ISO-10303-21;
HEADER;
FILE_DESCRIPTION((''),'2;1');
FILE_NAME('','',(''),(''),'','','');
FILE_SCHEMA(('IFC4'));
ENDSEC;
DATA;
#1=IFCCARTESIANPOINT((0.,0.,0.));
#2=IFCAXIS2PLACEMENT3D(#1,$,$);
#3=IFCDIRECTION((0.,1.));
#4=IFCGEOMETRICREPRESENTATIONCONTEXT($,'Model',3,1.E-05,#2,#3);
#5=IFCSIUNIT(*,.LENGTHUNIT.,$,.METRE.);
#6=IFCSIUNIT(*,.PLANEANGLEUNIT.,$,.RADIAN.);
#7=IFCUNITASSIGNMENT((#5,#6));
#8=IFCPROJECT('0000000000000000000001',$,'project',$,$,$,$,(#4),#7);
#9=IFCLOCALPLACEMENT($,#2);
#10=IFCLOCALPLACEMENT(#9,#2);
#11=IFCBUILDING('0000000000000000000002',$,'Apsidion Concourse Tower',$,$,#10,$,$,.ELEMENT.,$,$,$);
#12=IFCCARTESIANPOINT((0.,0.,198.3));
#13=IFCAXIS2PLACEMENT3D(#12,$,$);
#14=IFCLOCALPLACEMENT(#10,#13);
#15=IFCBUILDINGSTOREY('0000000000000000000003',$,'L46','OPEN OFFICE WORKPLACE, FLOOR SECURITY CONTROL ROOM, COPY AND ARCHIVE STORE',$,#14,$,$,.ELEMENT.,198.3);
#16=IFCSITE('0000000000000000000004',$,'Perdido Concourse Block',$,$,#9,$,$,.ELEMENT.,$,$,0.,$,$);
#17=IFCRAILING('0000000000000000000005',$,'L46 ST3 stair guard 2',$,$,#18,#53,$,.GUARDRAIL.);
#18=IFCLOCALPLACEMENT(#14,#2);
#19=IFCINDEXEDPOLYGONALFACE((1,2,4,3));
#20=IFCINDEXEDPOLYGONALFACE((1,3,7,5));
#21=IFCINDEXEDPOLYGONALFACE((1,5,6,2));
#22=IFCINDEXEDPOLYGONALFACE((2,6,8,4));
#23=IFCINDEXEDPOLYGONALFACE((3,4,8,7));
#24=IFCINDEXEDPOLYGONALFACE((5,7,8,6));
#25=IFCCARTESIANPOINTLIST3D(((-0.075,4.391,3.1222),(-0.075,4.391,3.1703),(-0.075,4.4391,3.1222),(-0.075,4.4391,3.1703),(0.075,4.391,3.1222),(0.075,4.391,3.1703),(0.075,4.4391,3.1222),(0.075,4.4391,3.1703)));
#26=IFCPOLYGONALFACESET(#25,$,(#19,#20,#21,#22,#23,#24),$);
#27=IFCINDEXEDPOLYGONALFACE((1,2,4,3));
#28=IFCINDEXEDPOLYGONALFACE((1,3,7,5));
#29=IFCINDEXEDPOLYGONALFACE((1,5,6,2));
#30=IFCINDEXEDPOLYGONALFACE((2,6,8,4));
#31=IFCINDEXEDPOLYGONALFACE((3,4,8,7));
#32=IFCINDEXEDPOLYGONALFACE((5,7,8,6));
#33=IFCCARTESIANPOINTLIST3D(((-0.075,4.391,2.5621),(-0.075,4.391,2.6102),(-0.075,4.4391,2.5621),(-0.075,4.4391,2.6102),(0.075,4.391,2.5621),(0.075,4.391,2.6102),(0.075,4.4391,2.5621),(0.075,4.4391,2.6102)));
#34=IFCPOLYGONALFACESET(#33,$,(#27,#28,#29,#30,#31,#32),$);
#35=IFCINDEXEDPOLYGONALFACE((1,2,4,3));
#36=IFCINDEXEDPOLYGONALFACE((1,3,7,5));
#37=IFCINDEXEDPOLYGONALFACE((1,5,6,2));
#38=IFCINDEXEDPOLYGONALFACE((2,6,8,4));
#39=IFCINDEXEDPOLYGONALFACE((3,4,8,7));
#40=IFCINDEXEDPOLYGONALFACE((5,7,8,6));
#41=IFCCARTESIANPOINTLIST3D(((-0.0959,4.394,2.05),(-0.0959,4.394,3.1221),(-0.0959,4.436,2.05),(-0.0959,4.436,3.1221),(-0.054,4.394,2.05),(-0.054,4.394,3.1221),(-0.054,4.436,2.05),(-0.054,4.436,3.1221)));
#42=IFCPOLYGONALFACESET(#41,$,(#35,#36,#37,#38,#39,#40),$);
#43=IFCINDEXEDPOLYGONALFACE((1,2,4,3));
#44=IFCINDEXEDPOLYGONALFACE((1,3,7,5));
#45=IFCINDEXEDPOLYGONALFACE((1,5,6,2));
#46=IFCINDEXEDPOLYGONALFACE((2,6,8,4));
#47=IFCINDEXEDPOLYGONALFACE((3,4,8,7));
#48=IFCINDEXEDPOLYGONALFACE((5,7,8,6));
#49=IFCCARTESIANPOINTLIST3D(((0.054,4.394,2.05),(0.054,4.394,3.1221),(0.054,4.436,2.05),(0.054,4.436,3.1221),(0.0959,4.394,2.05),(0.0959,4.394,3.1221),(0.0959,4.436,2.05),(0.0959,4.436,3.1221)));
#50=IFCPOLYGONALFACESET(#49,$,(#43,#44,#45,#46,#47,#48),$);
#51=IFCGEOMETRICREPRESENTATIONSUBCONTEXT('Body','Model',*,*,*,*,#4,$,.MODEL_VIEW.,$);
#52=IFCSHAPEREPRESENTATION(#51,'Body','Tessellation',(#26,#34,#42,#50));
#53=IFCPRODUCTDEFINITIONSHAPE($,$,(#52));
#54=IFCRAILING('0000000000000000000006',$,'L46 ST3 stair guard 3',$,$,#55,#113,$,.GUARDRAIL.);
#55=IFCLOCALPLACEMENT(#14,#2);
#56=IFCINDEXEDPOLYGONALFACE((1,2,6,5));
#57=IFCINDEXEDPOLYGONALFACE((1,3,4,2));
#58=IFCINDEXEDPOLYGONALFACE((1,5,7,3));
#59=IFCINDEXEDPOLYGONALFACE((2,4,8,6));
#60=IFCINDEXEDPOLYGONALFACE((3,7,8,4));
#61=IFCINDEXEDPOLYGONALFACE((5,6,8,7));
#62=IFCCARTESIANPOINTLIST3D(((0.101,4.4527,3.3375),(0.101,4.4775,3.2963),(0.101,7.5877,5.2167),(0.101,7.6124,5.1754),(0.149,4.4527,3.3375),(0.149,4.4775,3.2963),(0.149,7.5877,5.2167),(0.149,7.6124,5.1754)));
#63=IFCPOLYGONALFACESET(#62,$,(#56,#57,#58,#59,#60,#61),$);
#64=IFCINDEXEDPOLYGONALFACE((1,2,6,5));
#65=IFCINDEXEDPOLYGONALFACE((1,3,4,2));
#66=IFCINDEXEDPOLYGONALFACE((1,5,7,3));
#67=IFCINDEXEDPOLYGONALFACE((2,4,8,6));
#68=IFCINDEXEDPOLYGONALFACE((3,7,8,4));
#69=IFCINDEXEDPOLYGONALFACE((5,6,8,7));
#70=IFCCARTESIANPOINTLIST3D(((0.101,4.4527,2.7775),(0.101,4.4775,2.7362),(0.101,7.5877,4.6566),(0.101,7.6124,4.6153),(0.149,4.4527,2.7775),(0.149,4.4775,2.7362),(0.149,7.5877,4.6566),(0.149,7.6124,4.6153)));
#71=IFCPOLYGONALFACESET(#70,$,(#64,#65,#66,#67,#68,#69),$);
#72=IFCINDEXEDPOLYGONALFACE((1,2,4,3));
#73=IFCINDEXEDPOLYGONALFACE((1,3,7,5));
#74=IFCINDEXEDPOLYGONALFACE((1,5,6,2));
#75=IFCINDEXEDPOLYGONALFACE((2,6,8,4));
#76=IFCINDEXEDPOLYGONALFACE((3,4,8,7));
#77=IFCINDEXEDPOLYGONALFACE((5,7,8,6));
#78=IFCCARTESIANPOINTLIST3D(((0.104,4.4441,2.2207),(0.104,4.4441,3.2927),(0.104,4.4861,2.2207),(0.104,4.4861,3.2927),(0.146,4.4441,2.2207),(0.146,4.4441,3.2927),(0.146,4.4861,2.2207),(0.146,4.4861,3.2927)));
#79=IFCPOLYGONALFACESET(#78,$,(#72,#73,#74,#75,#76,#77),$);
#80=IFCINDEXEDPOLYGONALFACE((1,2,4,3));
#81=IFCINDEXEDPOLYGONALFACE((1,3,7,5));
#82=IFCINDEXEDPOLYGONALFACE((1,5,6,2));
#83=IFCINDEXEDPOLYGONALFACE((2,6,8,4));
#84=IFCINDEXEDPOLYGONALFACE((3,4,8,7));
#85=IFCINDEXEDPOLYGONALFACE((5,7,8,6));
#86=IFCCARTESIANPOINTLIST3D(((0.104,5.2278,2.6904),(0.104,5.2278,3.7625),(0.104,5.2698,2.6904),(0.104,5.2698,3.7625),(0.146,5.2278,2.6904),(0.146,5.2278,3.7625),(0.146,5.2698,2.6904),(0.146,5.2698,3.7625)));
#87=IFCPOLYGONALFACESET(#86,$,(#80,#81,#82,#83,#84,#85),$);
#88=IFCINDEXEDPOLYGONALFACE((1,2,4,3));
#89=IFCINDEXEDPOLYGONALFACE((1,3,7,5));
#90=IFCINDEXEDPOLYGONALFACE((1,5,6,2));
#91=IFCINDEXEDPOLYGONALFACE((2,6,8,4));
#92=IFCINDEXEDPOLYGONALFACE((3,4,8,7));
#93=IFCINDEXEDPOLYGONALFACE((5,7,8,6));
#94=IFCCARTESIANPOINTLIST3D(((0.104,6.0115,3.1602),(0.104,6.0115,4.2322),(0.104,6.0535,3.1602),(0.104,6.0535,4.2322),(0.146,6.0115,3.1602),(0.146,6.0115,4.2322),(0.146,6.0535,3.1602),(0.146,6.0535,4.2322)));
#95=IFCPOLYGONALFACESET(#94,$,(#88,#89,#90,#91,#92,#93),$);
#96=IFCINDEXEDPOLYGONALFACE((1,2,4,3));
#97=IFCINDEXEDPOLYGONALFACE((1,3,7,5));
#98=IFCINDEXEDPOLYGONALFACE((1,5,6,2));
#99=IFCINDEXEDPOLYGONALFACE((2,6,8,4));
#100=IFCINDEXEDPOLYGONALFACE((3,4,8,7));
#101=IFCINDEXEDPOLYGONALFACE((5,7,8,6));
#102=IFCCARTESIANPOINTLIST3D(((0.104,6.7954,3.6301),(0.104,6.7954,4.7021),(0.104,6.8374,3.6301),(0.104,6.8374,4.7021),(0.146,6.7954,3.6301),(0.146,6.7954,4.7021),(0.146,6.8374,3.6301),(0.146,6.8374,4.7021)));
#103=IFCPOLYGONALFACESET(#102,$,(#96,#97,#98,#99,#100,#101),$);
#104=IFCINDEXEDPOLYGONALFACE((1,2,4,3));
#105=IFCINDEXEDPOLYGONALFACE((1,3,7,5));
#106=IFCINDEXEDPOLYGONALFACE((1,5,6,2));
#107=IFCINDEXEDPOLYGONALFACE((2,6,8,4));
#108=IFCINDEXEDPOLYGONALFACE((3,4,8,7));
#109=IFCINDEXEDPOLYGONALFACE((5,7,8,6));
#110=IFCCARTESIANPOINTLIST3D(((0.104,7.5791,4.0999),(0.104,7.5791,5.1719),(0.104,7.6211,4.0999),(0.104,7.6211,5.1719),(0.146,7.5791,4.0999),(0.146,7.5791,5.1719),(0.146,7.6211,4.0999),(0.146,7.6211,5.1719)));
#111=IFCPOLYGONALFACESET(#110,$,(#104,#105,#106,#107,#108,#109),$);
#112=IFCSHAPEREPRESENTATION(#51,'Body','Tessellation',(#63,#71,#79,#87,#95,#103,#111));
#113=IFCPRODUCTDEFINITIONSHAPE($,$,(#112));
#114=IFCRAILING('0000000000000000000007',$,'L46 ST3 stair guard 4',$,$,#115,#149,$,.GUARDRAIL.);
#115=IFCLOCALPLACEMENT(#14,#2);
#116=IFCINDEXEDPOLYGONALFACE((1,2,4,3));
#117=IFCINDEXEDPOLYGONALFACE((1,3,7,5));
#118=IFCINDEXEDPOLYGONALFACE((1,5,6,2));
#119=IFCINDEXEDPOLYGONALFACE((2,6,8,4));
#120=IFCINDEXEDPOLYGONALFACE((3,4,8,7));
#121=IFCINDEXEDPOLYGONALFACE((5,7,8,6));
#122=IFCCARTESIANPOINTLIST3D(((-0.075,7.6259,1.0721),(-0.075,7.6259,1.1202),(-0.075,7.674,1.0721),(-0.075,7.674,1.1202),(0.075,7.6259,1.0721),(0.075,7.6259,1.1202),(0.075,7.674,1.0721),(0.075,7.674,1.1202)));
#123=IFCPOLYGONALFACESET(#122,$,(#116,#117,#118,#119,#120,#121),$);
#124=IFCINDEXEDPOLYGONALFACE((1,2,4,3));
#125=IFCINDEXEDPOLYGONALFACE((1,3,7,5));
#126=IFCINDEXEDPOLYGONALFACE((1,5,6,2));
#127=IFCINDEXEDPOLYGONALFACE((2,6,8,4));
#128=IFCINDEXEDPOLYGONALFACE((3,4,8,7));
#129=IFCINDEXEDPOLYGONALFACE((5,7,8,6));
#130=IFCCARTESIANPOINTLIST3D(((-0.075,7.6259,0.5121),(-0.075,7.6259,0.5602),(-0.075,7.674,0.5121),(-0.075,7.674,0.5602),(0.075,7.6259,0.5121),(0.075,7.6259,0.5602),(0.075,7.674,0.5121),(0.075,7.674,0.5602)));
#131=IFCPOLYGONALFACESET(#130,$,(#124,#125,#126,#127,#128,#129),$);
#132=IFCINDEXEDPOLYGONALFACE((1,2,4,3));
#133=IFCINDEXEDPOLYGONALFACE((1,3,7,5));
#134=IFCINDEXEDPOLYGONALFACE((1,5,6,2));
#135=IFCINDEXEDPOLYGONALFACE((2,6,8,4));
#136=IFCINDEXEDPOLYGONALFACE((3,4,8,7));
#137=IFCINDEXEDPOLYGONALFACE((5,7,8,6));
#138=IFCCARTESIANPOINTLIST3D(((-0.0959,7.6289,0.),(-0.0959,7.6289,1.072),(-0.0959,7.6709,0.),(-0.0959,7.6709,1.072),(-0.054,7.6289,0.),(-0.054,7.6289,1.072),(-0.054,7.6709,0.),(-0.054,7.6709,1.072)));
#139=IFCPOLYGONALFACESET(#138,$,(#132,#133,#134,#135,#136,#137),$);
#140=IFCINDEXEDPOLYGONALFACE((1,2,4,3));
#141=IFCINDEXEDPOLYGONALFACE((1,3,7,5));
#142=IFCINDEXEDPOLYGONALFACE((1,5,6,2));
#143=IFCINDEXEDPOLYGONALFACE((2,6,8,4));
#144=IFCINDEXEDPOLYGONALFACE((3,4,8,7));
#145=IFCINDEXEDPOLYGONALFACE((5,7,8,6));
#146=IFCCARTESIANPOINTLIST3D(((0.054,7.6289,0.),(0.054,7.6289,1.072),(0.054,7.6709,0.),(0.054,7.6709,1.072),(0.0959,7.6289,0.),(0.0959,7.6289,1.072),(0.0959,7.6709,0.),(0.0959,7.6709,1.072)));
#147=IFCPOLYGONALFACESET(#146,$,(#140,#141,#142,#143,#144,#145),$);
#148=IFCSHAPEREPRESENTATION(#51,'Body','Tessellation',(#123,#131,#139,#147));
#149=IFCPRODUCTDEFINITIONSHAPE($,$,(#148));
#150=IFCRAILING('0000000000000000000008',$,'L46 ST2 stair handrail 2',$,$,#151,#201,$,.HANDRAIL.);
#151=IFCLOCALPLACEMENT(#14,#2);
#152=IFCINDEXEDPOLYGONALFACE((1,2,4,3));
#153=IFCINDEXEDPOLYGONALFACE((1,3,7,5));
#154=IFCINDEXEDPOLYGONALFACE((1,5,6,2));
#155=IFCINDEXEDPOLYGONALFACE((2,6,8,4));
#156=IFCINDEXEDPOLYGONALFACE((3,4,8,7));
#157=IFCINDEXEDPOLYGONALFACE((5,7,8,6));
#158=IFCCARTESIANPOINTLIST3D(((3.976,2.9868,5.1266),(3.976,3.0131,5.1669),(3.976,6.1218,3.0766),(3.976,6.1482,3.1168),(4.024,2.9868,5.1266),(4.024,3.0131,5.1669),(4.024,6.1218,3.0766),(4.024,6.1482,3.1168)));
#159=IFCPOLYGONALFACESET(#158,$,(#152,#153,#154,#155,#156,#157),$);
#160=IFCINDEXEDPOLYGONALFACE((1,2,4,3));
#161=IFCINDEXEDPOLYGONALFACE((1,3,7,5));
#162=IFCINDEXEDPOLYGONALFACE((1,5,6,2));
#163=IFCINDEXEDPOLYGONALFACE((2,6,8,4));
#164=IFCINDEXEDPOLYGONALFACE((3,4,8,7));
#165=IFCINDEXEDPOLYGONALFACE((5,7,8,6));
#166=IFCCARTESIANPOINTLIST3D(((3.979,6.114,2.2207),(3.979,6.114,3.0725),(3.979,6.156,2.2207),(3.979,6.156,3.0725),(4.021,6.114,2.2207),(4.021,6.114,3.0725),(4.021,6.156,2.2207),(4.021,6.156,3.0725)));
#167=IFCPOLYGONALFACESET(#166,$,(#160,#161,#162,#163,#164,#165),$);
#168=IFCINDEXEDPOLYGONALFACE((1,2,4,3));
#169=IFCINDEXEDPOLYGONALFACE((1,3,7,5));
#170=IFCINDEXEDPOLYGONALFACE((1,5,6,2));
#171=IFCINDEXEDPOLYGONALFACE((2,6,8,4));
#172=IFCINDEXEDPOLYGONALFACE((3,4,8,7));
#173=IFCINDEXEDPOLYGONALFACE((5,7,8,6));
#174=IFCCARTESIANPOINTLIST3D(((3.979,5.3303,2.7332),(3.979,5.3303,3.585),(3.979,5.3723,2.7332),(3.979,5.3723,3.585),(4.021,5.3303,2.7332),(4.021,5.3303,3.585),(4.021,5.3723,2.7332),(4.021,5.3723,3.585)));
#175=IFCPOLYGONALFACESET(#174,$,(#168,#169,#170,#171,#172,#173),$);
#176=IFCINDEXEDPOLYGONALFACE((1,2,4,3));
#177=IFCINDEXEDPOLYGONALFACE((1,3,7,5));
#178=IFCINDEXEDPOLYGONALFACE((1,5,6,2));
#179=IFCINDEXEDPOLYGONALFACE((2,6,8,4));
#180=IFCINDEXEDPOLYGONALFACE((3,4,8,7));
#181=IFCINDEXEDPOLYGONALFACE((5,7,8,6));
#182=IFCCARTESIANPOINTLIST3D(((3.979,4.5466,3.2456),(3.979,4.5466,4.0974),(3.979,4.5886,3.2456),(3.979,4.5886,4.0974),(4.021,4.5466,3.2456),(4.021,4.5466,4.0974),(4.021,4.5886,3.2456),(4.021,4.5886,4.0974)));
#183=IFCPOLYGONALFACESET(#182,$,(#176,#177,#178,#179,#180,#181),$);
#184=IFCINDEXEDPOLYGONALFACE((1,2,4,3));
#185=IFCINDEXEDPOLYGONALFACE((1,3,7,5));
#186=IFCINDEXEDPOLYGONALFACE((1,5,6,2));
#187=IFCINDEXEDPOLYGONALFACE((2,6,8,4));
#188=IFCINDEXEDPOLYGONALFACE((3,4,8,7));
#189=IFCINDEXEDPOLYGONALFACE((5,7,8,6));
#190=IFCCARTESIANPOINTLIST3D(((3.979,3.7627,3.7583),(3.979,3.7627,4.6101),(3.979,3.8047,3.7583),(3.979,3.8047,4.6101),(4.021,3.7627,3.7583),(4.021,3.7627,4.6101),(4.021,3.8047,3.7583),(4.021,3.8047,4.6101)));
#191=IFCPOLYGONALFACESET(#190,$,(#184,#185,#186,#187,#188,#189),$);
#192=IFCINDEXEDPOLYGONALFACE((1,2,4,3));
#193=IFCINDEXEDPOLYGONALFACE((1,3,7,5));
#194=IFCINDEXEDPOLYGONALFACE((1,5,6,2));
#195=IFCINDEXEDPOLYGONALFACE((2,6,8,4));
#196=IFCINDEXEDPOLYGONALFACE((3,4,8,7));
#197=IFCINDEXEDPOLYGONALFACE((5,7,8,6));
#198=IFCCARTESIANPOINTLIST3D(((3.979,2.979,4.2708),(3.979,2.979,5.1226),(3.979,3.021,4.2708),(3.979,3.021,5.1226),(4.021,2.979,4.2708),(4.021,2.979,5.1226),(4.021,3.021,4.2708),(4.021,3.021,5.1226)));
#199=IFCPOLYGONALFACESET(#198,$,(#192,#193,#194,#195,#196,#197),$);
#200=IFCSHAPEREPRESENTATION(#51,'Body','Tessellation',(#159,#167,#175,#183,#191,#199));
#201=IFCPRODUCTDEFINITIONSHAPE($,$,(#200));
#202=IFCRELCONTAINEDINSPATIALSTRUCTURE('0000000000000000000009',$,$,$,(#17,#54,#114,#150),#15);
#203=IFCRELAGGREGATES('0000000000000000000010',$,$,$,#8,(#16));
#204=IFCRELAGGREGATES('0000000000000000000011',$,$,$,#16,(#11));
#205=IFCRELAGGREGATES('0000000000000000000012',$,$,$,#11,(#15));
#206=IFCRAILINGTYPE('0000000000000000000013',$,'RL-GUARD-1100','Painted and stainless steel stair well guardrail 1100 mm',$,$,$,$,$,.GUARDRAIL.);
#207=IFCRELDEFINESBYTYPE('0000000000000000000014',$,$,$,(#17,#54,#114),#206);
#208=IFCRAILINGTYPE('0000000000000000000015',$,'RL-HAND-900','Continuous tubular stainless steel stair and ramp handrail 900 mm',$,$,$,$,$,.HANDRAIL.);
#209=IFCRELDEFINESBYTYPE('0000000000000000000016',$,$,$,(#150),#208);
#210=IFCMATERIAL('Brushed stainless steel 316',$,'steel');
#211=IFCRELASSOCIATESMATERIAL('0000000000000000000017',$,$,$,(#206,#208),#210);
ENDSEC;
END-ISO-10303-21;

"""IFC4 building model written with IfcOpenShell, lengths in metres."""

from ifc_helpers import new_model, si_unit, direction, frame, origin, origin_2d, place, context, subcontext, project, spatial, rectangle, extrude, material, type_object, element, save


model = new_model("IFC4")

# Units and contexts
model_context = context("Model", 3, precision=1e-05, world=origin(), true_north=direction((0.0, 1.0)))
body_context = subcontext(model_context, "Body", "Model", "MODEL_VIEW")
ifc_project = project(units=[si_unit("LENGTHUNIT", "METRE"), si_unit("PLANEANGLEUNIT", "RADIAN")], contexts=[model_context])

# Site, building, storey
site_placement = place(None, origin())
site = spatial("IfcSite", under=ifc_project, at=site_placement, Name="Perdido Concourse Block", CompositionType="ELEMENT", RefElevation=0.0)
building_placement = place(site_placement, origin())
building = spatial("IfcBuilding", under=site, at=building_placement, Name="Apsidion Concourse Tower", CompositionType="ELEMENT")
storey_placement = place(building_placement, frame((0.0, 0.0, 198.3)))
storey = spatial("IfcBuildingStorey", under=building, at=storey_placement, Name="L46", Description="OPEN OFFICE WORKPLACE, FLOOR SECURITY CONTROL ROOM, COPY AND ARCHIVE STORE", CompositionType="ELEMENT", Elevation=198.3)

# Railings
ifc_material_1 = material(Name="Brushed stainless steel 316", Category="steel")
railing_type_1 = type_object("IfcRailingType", Name="RL-GUARD-1100", Description="Painted and stainless steel stair well guardrail 1100 mm", PredefinedType="GUARDRAIL", material=ifc_material_1)
railing_1_placement = place(storey_placement, frame((-0.075, 4.415, 2.05)))
element("IfcRailing", 1, at=railing_1_placement, inside=storey, type_object=railing_type_1, Name="L46 ST3 stair guard 2", PredefinedType="GUARDRAIL", context=body_context, shape_type="SweptSolid", body=[
    extrude(rectangle(XDim=0.0481, YDim=0.0481, at=origin_2d()), frame((0.0, 0.0, 1.0962), z_axis=(1.0, 0.0, 0.0), x_axis=(0.0, 1.0, 0.0)), (0.0, 0.0, 1.0), 0.1499),
    extrude(rectangle(XDim=0.0481, YDim=0.0481, at=origin_2d()), frame((0.0, 0.0, 0.5361), z_axis=(1.0, 0.0, 0.0), x_axis=(0.0, 1.0, 0.0)), (0.0, 0.0, 1.0), 0.1499),
    extrude(rectangle(XDim=0.042, YDim=0.042, at=origin_2d()), origin(), (0.0, 0.0, 1.0), 1.072),
    extrude(rectangle(XDim=0.042, YDim=0.042, at=origin_2d()), frame((0.1499, 0.0, 0.0)), (0.0, 0.0, 1.0), 1.072),
])
railing_2_placement = place(storey_placement, frame((0.125, 4.4651, 2.2207)))
element("IfcRailing", 2, at=railing_2_placement, inside=storey, type_object=railing_type_1, Name="L46 ST3 stair guard 3", PredefinedType="GUARDRAIL", context=body_context, shape_type="SweptSolid", body=[
    extrude(rectangle(XDim=0.0481, YDim=0.0481, at=origin_2d()), frame((0.0, 0.0, 1.0962), z_axis=(0.0, 0.857717, 0.514122), x_axis=(-1.0, 0.0, 0.0)), (0.0, 0.0, 1.0), 3.655),
    extrude(rectangle(XDim=0.0481, YDim=0.0481, at=origin_2d()), frame((0.0, 0.0, 0.5361), z_axis=(0.0, 0.857717, 0.514122), x_axis=(-1.0, 0.0, 0.0)), (0.0, 0.0, 1.0), 3.655),
    extrude(rectangle(XDim=0.042, YDim=0.042, at=origin_2d()), origin(), (0.0, 0.0, 1.0), 1.072),
    extrude(rectangle(XDim=0.042, YDim=0.042, at=origin_2d()), frame((0.0, 0.7837, 0.4697)), (0.0, 0.0, 1.0), 1.072),
    extrude(rectangle(XDim=0.042, YDim=0.042, at=origin_2d()), frame((0.0, 1.5674, 0.9395)), (0.0, 0.0, 1.0), 1.072),
    extrude(rectangle(XDim=0.042, YDim=0.042, at=origin_2d()), frame((0.0, 2.3513, 1.4094)), (0.0, 0.0, 1.0), 1.072),
    extrude(rectangle(XDim=0.042, YDim=0.042, at=origin_2d()), frame((0.0, 3.135, 1.8792)), (0.0, 0.0, 1.0), 1.072),
])
railing_3_placement = place(storey_placement, frame((-0.075, 7.6499, 0.0)))
element("IfcRailing", 3, at=railing_3_placement, inside=storey, type_object=railing_type_1, Name="L46 ST3 stair guard 4", PredefinedType="GUARDRAIL", context=body_context, shape_type="SweptSolid", body=[
    extrude(rectangle(XDim=0.0481, YDim=0.0481, at=origin_2d()), frame((0.0, 0.0, 1.0962), z_axis=(1.0, 0.0, 0.0), x_axis=(0.0, 1.0, 0.0)), (0.0, 0.0, 1.0), 0.1499),
    extrude(rectangle(XDim=0.0481, YDim=0.0481, at=origin_2d()), frame((0.0, 0.0, 0.5361), z_axis=(1.0, 0.0, 0.0), x_axis=(0.0, 1.0, 0.0)), (0.0, 0.0, 1.0), 0.1499),
    extrude(rectangle(XDim=0.042, YDim=0.042, at=origin_2d()), origin(), (0.0, 0.0, 1.0), 1.072),
    extrude(rectangle(XDim=0.042, YDim=0.042, at=origin_2d()), frame((0.1499, 0.0, 0.0)), (0.0, 0.0, 1.0), 1.072),
])
railing_type_2 = type_object("IfcRailingType", Name="RL-HAND-900", Description="Continuous tubular stainless steel stair and ramp handrail 900 mm", PredefinedType="HANDRAIL", material=ifc_material_1)
railing_4_placement = place(storey_placement, frame((4.0, 6.135, 2.2207)))
element("IfcRailing", 4, at=railing_4_placement, inside=storey, type_object=railing_type_2, Name="L46 ST2 stair handrail 2", PredefinedType="HANDRAIL", context=body_context, shape_type="SweptSolid", body=[
    extrude(rectangle(XDim=0.0481, YDim=0.0481, at=origin_2d()), frame((0.0, 0.0, 0.876), z_axis=(0.0, -0.836941, 0.547293), x_axis=(1.0, 0.0, 0.0)), (0.0, 0.0, 1.0), 3.7458),
    extrude(rectangle(XDim=0.042, YDim=0.042, at=origin_2d()), origin(), (0.0, 0.0, 1.0), 0.8518),
    extrude(rectangle(XDim=0.042, YDim=0.042, at=origin_2d()), frame((0.0, -0.7837, 0.5125)), (0.0, 0.0, 1.0), 0.8518),
    extrude(rectangle(XDim=0.042, YDim=0.042, at=origin_2d()), frame((0.0, -1.5674, 1.0249)), (0.0, 0.0, 1.0), 0.8518),
    extrude(rectangle(XDim=0.042, YDim=0.042, at=origin_2d()), frame((0.0, -2.3513, 1.5376)), (0.0, 0.0, 1.0), 0.8518),
    extrude(rectangle(XDim=0.042, YDim=0.042, at=origin_2d()), frame((0.0, -3.135, 2.05)), (0.0, 0.0, 1.0), 0.8518),
])

save(model, "model.ifc")
